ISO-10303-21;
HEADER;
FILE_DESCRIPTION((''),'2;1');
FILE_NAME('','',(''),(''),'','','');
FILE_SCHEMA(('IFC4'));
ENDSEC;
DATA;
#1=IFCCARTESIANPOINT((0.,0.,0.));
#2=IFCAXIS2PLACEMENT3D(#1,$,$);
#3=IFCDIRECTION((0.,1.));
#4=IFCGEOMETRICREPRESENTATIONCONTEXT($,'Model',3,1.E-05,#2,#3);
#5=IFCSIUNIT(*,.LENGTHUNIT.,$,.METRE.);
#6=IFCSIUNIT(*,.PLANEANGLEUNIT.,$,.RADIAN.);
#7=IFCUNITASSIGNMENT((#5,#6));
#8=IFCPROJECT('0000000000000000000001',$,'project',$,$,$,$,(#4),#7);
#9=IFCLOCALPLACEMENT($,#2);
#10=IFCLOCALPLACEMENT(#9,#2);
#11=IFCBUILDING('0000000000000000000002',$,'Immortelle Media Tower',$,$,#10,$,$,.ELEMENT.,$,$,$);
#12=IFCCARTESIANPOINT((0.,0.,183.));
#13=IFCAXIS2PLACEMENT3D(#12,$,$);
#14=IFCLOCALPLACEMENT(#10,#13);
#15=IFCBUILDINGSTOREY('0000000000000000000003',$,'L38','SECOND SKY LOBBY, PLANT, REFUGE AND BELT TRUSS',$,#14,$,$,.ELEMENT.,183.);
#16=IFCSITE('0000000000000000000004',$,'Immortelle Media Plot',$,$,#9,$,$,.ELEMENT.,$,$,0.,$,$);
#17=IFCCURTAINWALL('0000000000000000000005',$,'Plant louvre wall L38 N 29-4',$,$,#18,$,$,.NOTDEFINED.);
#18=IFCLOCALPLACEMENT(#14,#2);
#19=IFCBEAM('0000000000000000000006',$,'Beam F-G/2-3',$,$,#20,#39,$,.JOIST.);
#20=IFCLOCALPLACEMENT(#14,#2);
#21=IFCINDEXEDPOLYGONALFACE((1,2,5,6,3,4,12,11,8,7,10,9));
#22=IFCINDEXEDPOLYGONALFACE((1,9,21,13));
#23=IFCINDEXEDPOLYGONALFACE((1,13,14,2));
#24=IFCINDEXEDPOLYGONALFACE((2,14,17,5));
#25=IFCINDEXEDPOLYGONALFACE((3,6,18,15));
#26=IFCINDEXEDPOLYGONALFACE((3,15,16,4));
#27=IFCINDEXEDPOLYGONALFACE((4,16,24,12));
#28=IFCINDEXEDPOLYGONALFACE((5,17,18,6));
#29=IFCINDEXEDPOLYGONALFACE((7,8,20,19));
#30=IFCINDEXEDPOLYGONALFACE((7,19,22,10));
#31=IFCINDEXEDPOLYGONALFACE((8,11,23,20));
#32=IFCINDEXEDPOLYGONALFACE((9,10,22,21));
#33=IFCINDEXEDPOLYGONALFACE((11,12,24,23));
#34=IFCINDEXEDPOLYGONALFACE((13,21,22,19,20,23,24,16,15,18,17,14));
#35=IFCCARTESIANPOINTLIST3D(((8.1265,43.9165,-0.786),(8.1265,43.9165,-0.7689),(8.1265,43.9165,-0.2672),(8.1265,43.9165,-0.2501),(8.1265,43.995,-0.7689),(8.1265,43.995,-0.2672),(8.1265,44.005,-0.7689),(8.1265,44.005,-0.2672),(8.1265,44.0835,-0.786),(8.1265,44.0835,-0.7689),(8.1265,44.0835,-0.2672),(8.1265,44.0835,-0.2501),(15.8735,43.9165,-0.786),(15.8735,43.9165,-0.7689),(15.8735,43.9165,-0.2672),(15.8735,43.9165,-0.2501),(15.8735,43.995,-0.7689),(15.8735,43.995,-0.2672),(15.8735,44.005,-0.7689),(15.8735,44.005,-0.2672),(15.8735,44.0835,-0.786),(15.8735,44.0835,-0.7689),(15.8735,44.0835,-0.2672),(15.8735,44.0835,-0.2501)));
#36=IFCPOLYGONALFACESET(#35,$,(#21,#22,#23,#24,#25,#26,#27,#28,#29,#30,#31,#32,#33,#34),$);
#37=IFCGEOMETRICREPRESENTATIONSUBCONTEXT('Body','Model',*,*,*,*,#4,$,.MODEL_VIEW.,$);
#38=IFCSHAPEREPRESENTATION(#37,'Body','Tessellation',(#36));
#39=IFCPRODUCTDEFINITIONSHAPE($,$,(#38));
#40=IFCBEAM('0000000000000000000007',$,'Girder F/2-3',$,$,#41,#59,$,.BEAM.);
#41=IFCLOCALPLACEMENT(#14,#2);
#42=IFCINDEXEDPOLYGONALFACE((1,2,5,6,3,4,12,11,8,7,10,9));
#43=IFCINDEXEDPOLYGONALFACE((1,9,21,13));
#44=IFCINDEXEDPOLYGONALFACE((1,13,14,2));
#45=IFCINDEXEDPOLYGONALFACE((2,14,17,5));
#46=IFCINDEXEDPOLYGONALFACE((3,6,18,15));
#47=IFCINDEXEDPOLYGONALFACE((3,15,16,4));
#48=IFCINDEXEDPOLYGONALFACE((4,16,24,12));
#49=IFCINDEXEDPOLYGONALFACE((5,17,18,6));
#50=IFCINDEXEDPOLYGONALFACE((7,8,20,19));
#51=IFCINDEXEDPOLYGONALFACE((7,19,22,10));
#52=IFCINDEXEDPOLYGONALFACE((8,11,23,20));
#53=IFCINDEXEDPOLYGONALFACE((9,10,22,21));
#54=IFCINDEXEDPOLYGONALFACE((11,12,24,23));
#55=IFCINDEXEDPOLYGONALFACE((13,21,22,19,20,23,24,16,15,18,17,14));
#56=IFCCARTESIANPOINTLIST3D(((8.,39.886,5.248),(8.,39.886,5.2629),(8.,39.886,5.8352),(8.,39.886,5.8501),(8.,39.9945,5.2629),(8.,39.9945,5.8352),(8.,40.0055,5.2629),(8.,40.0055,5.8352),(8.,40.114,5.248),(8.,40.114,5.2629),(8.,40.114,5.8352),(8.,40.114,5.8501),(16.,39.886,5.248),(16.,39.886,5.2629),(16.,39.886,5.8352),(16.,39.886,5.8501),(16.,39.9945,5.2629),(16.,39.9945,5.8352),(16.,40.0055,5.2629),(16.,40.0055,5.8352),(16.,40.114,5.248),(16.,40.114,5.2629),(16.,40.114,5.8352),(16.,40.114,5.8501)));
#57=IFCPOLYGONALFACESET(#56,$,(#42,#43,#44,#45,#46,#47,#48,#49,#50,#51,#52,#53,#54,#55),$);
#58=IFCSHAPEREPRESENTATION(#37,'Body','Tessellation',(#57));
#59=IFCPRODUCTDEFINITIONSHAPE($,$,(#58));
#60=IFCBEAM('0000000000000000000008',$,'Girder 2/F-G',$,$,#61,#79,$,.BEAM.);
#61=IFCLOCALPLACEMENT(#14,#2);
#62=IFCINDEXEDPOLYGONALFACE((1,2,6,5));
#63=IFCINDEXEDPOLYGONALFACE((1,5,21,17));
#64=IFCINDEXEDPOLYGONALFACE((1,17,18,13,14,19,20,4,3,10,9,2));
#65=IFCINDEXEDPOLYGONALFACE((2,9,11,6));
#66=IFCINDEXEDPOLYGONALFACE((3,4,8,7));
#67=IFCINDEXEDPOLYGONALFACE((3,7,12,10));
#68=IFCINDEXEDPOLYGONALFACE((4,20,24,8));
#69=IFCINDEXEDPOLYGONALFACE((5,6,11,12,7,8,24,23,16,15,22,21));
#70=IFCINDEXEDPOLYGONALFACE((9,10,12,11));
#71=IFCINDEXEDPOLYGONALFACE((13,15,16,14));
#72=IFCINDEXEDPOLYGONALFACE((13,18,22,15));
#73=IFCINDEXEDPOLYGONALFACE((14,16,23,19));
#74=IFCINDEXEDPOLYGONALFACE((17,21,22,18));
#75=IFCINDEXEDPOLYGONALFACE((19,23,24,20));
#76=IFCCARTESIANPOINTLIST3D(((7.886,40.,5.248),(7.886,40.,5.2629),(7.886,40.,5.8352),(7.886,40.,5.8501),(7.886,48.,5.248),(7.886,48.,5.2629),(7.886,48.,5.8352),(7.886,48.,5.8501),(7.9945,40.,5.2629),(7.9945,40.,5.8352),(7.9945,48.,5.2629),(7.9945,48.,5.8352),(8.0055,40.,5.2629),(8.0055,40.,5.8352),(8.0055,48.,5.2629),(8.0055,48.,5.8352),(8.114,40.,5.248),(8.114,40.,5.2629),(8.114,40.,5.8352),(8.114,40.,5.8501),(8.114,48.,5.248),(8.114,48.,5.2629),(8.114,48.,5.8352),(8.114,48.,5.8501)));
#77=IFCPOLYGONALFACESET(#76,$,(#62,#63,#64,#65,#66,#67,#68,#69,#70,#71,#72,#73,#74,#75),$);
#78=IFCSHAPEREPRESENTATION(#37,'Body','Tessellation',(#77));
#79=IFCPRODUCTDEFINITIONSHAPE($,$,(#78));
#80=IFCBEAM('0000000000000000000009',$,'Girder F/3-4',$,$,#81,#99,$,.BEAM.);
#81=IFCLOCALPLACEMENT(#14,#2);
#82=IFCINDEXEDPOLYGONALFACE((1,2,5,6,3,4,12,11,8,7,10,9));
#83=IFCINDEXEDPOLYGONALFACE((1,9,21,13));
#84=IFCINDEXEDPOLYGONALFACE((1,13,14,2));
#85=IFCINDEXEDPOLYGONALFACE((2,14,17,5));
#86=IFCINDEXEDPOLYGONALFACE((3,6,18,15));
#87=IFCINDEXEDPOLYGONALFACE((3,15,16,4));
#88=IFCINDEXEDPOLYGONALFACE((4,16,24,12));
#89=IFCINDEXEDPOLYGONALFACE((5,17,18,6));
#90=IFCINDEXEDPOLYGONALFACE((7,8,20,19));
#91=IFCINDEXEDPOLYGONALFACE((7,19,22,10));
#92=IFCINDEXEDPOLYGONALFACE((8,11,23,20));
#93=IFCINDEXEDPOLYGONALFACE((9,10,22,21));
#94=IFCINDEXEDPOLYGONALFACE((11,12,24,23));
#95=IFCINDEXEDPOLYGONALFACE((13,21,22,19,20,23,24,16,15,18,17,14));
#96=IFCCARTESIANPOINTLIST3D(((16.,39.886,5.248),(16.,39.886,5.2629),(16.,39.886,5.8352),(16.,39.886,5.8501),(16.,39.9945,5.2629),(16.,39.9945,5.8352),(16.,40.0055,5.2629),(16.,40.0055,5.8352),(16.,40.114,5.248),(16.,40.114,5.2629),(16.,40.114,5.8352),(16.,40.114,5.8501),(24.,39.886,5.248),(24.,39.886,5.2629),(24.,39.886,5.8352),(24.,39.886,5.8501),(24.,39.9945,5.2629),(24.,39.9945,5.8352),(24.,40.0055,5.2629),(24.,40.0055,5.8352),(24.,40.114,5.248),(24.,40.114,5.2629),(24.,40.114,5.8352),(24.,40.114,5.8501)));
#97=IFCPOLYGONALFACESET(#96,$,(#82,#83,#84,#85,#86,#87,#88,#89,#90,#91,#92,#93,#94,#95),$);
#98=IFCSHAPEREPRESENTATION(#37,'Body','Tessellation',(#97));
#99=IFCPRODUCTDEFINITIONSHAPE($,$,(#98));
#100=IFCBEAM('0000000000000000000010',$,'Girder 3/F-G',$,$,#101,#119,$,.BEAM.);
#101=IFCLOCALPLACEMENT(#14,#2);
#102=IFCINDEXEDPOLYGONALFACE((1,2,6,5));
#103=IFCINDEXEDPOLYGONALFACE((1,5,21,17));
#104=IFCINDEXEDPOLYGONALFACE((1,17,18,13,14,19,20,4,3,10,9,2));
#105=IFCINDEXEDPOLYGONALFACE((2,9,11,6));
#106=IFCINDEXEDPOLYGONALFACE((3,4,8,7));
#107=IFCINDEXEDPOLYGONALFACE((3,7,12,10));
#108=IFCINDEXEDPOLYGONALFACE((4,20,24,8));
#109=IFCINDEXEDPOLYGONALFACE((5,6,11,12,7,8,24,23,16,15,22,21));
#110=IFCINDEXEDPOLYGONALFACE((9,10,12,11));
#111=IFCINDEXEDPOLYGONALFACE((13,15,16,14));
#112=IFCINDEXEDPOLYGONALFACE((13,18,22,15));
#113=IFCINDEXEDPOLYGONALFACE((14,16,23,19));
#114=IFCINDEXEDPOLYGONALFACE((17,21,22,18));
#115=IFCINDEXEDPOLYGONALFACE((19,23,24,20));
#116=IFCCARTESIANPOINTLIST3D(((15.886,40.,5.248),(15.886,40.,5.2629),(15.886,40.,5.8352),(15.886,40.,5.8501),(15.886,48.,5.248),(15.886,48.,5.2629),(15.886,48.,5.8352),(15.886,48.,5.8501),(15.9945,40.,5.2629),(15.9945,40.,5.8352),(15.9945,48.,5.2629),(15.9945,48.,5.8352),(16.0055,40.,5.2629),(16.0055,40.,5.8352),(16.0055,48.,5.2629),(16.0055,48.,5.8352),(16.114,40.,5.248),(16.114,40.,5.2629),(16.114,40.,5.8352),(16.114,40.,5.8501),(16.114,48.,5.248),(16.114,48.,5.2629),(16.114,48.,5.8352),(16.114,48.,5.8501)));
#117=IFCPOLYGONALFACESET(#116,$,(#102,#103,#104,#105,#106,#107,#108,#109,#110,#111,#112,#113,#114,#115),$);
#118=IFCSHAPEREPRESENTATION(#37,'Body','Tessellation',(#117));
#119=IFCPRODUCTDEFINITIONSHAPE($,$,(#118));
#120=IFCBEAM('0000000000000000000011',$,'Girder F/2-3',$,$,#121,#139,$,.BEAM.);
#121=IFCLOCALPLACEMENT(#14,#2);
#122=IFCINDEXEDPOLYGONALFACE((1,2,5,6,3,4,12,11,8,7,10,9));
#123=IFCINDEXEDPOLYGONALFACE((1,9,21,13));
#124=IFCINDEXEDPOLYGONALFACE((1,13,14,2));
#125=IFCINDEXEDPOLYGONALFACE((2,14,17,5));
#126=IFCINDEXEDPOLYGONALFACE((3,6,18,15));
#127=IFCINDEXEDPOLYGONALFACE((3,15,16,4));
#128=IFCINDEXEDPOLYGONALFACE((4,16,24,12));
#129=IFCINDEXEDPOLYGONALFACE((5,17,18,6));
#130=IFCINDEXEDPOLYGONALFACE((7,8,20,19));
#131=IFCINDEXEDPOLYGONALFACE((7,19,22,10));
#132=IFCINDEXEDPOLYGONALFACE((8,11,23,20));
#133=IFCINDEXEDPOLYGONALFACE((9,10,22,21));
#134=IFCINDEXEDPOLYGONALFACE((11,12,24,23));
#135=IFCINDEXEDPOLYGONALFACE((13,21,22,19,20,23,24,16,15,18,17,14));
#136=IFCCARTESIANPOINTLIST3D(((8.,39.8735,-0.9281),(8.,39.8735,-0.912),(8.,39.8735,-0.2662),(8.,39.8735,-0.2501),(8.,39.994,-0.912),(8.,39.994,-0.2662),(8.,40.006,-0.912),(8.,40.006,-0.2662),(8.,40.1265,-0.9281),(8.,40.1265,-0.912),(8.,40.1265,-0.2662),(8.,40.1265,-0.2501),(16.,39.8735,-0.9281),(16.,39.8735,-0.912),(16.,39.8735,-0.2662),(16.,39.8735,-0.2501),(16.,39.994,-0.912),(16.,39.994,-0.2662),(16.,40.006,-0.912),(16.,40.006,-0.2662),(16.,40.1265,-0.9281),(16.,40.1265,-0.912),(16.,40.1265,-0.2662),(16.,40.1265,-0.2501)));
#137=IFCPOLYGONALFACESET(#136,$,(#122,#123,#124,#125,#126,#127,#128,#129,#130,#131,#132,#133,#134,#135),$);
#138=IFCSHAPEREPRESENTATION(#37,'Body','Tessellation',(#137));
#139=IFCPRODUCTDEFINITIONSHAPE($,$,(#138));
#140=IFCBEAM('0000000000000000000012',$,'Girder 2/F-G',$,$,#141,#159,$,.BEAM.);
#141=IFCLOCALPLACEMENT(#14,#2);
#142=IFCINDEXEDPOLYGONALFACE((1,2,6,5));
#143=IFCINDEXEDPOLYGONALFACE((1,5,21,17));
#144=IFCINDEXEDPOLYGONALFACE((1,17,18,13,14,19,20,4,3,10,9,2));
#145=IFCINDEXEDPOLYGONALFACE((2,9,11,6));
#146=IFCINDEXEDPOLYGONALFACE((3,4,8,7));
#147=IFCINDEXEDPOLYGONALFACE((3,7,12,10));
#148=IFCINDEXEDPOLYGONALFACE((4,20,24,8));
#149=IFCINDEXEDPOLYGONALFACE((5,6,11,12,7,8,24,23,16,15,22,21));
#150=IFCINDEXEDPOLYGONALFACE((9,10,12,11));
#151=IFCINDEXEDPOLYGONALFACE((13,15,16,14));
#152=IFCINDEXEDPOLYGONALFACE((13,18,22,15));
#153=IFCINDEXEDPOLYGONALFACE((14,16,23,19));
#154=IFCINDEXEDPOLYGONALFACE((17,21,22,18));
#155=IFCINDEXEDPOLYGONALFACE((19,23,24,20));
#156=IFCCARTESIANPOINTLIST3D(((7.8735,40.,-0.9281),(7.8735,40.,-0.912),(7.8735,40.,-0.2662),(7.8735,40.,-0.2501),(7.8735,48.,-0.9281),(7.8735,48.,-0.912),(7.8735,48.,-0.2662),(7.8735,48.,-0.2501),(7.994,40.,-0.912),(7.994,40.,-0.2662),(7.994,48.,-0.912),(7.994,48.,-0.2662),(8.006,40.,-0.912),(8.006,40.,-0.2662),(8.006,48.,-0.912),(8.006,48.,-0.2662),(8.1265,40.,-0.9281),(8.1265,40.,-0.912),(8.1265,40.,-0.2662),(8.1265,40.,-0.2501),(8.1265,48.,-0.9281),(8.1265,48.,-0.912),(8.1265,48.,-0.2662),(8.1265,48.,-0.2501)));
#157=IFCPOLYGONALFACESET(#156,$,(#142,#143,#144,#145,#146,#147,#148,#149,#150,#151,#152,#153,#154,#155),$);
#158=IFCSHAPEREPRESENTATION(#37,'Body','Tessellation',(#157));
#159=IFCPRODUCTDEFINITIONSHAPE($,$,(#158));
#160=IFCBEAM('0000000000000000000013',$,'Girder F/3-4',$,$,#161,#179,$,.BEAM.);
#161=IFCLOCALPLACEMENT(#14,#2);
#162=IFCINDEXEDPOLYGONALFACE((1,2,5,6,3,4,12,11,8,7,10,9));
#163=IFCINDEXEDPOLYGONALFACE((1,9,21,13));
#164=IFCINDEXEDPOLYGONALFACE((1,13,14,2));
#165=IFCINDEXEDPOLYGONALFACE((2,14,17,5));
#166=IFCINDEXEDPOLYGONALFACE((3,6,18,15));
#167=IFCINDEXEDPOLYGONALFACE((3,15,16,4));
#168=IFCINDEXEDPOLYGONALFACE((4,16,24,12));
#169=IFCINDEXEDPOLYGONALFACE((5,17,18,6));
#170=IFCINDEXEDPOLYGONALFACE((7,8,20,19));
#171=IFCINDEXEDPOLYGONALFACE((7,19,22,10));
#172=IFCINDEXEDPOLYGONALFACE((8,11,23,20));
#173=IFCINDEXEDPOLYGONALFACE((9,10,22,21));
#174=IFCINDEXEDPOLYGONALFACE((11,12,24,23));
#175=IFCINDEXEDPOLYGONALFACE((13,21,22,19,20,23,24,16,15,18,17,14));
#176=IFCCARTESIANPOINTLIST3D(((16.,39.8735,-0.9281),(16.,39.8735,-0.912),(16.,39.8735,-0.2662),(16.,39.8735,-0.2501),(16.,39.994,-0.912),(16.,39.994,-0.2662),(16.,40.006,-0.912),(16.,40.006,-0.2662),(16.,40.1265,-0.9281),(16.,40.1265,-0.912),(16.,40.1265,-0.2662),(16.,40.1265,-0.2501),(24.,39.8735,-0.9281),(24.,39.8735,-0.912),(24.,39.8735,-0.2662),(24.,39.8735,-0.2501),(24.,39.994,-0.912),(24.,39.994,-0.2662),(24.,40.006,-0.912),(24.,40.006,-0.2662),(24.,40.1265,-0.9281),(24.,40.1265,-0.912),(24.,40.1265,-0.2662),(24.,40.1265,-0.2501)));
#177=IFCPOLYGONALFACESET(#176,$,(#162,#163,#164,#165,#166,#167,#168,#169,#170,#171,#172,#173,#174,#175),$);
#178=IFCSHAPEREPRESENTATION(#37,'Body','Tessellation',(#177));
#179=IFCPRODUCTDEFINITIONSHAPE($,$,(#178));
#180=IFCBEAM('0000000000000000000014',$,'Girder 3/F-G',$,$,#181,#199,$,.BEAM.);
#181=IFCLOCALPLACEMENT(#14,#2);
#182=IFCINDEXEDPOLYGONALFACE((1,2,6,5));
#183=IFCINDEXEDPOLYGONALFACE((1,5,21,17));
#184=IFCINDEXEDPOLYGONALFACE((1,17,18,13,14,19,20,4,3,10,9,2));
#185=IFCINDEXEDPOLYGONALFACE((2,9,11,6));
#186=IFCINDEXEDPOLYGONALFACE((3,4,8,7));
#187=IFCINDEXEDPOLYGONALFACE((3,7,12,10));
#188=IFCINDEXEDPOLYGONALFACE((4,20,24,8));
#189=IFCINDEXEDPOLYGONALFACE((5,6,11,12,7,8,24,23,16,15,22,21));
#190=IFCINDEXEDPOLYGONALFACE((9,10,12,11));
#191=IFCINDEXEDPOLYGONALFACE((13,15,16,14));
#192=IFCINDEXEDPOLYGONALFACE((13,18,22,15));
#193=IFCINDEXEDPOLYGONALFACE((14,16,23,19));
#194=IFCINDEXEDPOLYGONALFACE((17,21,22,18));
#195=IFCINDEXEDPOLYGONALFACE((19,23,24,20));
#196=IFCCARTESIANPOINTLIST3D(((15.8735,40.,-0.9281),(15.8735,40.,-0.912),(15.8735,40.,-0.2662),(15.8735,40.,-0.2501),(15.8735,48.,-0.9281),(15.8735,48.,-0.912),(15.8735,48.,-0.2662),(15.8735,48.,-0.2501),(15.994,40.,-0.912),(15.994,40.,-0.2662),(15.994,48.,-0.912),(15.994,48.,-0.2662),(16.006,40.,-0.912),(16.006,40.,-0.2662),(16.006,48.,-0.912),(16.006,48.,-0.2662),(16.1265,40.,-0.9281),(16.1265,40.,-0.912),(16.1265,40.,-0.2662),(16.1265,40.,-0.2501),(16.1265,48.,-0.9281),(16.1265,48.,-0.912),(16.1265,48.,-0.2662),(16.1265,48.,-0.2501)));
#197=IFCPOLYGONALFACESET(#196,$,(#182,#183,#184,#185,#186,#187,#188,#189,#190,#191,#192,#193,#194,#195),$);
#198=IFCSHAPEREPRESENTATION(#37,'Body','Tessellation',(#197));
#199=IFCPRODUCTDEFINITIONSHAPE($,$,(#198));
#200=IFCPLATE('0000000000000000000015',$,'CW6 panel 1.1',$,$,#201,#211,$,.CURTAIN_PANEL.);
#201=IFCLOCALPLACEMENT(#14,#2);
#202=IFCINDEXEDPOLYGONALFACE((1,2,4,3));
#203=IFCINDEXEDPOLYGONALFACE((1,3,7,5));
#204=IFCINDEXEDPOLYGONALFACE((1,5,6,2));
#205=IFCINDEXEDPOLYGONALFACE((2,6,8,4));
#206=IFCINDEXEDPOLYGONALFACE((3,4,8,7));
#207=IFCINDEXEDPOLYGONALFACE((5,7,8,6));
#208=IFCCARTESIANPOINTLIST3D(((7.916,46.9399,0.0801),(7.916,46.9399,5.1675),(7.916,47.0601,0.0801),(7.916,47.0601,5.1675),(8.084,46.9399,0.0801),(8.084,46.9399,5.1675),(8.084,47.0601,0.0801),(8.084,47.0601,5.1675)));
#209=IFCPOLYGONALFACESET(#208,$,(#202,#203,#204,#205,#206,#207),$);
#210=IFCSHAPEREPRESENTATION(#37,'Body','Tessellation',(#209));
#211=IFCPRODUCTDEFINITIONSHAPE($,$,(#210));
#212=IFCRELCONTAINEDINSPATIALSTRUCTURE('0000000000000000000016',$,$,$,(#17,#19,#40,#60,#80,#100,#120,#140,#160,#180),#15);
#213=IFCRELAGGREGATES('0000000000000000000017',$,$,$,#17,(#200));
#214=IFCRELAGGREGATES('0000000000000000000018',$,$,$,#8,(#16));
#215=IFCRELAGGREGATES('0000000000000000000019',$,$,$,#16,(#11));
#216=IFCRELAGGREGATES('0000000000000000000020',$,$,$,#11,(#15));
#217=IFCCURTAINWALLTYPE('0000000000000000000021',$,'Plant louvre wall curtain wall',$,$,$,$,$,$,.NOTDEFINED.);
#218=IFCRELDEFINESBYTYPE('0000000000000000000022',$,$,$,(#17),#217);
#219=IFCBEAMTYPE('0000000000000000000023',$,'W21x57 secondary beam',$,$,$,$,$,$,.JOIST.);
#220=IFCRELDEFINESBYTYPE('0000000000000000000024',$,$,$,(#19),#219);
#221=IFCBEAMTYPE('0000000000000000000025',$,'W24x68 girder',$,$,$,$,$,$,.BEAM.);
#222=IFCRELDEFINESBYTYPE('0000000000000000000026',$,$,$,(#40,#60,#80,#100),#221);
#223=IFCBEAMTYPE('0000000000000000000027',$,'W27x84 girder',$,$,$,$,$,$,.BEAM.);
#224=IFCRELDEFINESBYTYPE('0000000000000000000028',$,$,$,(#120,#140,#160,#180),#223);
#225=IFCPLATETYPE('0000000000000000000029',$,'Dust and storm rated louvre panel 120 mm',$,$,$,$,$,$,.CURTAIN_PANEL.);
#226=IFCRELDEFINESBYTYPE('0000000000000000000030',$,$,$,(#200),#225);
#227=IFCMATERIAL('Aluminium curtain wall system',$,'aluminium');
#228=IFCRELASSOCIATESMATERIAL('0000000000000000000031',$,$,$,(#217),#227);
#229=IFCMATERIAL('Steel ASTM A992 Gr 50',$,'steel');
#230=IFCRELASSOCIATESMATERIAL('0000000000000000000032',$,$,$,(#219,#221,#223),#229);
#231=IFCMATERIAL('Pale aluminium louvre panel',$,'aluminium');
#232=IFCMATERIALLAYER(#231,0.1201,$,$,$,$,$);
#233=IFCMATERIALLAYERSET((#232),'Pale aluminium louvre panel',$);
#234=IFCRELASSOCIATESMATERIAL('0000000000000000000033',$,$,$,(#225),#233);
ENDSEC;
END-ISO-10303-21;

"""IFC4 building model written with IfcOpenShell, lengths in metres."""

from ifc_helpers import new_model, si_unit, direction, frame, origin, origin_2d, place, context, subcontext, project, spatial, rectangle, i_section, extrude, material, layer, layer_set, material_profile, profile_set, type_object, element, aggregate, save


model = new_model("IFC4")

# Units and contexts
model_context = context("Model", 3, precision=1e-05, world=origin(), true_north=direction((0.0, 1.0)))
body_context = subcontext(model_context, "Body", "Model", "MODEL_VIEW")
ifc_project = project(units=[si_unit("LENGTHUNIT", "METRE"), si_unit("PLANEANGLEUNIT", "RADIAN")], contexts=[model_context])

# Site, building, storey
site_placement = place(None, origin())
site = spatial("IfcSite", under=ifc_project, at=site_placement, Name="Immortelle Media Plot", CompositionType="ELEMENT", RefElevation=0.0)
building_placement = place(site_placement, origin())
building = spatial("IfcBuilding", under=site, at=building_placement, Name="Immortelle Media Tower", CompositionType="ELEMENT")
storey_placement = place(building_placement, frame((0.0, 0.0, 183.0)))
storey = spatial("IfcBuildingStorey", under=building, at=storey_placement, Name="L38", Description="SECOND SKY LOBBY, PLANT, REFUGE AND BELT TRUSS", CompositionType="ELEMENT", Elevation=183.0)

# Shared definitions
ifc_material_1 = material(Name="Steel ASTM A992 Gr 50", Category="steel")

# Shared definitions
ifc_material_2 = material(Name="Aluminium curtain wall system", Category="aluminium")
curtain_wall_type = type_object("IfcCurtainWallType", Name="Plant louvre wall curtain wall", PredefinedType="NOTDEFINED", material=ifc_material_2)

# Curtain wall
curtain_wall_1_placement = place(storey_placement, origin())
curtain_wall_1 = element("IfcCurtainWall", 1, at=curtain_wall_1_placement, inside=storey, type_object=curtain_wall_type, Name="Plant louvre wall L38 N 29-4", PredefinedType="NOTDEFINED")

# Beams
ifc_material_profile_1 = material_profile(ifc_material_1, i_section(OverallWidth=0.167, OverallDepth=0.5359, WebThickness=0.01, FlangeThickness=0.0171, at=origin_2d()), Name="W21x57")
ifc_profile_set_1 = profile_set([ifc_material_profile_1], Name="Steel ASTM A992 Gr 50")
beam_type_1 = type_object("IfcBeamType", Name="W21x57 secondary beam", PredefinedType="JOIST", material=ifc_profile_set_1)
for number, where, z_axis, x_axis, name in (
    (2, (8.1265, 44.0, -0.5181), (1.0, 0.0, 0.0), (0.0, 1.0, 0.0), "Beam F-G/2-3"),
):
    element("IfcBeam", number, at=place(storey_placement, frame(where, z_axis=z_axis, x_axis=x_axis)), inside=storey, type_object=beam_type_1, Name=name, PredefinedType="JOIST", context=body_context, shape_type="SweptSolid", body=[
        extrude(i_section(OverallWidth=0.167, OverallDepth=0.5359, WebThickness=0.01, FlangeThickness=0.0171, at=origin_2d()), origin(), (0.0, 0.0, 1.0), 7.7471),
    ])
ifc_material_profile_2 = material_profile(ifc_material_1, i_section(OverallWidth=0.228, OverallDepth=0.6021, WebThickness=0.011, FlangeThickness=0.0149, at=origin_2d()), Name="W24x68")
ifc_profile_set_2 = profile_set([ifc_material_profile_2], Name="Steel ASTM A992 Gr 50")
beam_type_2 = type_object("IfcBeamType", Name="W24x68 girder", PredefinedType="BEAM", material=ifc_profile_set_2)
for number, where, z_axis, x_axis, name in (
    (3, (8.0, 40.0, 5.5491), (1.0, 0.0, 0.0), (0.0, 1.0, 0.0), "Girder F/2-3"),
    (4, (8.0, 40.0, 5.5491), (0.0, 1.0, 0.0), (-1.0, 0.0, 0.0), "Girder 2/F-G"),
    (5, (16.0, 40.0, 5.5491), (1.0, 0.0, 0.0), (0.0, 1.0, 0.0), "Girder F/3-4"),
    (6, (16.0, 40.0, 5.5491), (0.0, 1.0, 0.0), (-1.0, 0.0, 0.0), "Girder 3/F-G"),
):
    element("IfcBeam", number, at=place(storey_placement, frame(where, z_axis=z_axis, x_axis=x_axis)), inside=storey, type_object=beam_type_2, Name=name, PredefinedType="BEAM", context=body_context, shape_type="SweptSolid", body=[
        extrude(i_section(OverallWidth=0.228, OverallDepth=0.6021, WebThickness=0.011, FlangeThickness=0.0149, at=origin_2d()), origin(), (0.0, 0.0, 1.0), 8.0),
    ])
ifc_material_profile_3 = material_profile(ifc_material_1, i_section(OverallWidth=0.2529, OverallDepth=0.678, WebThickness=0.012, FlangeThickness=0.0161, at=origin_2d()), Name="W27x84")
ifc_profile_set_3 = profile_set([ifc_material_profile_3], Name="Steel ASTM A992 Gr 50")
beam_type_3 = type_object("IfcBeamType", Name="W27x84 girder", PredefinedType="BEAM", material=ifc_profile_set_3)
for number, where, z_axis, x_axis, name in (
    (7, (8.0, 40.0, -0.5891), (1.0, 0.0, 0.0), (0.0, 1.0, 0.0), "Girder F/2-3"),
    (8, (8.0, 40.0, -0.5891), (0.0, 1.0, 0.0), (-1.0, 0.0, 0.0), "Girder 2/F-G"),
    (9, (16.0, 40.0, -0.5891), (1.0, 0.0, 0.0), (0.0, 1.0, 0.0), "Girder F/3-4"),
    (10, (16.0, 40.0, -0.5891), (0.0, 1.0, 0.0), (-1.0, 0.0, 0.0), "Girder 3/F-G"),
):
    element("IfcBeam", number, at=place(storey_placement, frame(where, z_axis=z_axis, x_axis=x_axis)), inside=storey, type_object=beam_type_3, Name=name, PredefinedType="BEAM", context=body_context, shape_type="SweptSolid", body=[
        extrude(i_section(OverallWidth=0.2529, OverallDepth=0.678, WebThickness=0.012, FlangeThickness=0.0161, at=origin_2d()), origin(), (0.0, 0.0, 1.0), 8.0),
    ])

# Plate
ifc_material_3 = material(Name="Pale aluminium louvre panel", Category="aluminium")
ifc_layer_1 = layer(ifc_material_3, 0.1201)
ifc_layer_set_1 = layer_set([ifc_layer_1], Name="Pale aluminium louvre panel")
plate_type = type_object("IfcPlateType", Name="Dust and storm rated louvre panel 120 mm", PredefinedType="CURTAIN_PANEL", material=ifc_layer_set_1)
plate_placement = place(storey_placement, frame((8.0, 47.0, 0.0801), z_axis=(0.0, 0.0, 1.0), x_axis=(-1.0, 0.0, 0.0)))
plate = element("IfcPlate", 11, at=plate_placement, type_object=plate_type, Name="CW6 panel 1.1", PredefinedType="CURTAIN_PANEL", context=body_context, shape_type="SweptSolid", body=[
    extrude(rectangle(XDim=0.168, YDim=0.1201, at=origin_2d()), origin(), (0.0, 0.0, 1.0), 5.0874),
])
aggregate(curtain_wall_1, [plate])

save(model, "model.ifc")
